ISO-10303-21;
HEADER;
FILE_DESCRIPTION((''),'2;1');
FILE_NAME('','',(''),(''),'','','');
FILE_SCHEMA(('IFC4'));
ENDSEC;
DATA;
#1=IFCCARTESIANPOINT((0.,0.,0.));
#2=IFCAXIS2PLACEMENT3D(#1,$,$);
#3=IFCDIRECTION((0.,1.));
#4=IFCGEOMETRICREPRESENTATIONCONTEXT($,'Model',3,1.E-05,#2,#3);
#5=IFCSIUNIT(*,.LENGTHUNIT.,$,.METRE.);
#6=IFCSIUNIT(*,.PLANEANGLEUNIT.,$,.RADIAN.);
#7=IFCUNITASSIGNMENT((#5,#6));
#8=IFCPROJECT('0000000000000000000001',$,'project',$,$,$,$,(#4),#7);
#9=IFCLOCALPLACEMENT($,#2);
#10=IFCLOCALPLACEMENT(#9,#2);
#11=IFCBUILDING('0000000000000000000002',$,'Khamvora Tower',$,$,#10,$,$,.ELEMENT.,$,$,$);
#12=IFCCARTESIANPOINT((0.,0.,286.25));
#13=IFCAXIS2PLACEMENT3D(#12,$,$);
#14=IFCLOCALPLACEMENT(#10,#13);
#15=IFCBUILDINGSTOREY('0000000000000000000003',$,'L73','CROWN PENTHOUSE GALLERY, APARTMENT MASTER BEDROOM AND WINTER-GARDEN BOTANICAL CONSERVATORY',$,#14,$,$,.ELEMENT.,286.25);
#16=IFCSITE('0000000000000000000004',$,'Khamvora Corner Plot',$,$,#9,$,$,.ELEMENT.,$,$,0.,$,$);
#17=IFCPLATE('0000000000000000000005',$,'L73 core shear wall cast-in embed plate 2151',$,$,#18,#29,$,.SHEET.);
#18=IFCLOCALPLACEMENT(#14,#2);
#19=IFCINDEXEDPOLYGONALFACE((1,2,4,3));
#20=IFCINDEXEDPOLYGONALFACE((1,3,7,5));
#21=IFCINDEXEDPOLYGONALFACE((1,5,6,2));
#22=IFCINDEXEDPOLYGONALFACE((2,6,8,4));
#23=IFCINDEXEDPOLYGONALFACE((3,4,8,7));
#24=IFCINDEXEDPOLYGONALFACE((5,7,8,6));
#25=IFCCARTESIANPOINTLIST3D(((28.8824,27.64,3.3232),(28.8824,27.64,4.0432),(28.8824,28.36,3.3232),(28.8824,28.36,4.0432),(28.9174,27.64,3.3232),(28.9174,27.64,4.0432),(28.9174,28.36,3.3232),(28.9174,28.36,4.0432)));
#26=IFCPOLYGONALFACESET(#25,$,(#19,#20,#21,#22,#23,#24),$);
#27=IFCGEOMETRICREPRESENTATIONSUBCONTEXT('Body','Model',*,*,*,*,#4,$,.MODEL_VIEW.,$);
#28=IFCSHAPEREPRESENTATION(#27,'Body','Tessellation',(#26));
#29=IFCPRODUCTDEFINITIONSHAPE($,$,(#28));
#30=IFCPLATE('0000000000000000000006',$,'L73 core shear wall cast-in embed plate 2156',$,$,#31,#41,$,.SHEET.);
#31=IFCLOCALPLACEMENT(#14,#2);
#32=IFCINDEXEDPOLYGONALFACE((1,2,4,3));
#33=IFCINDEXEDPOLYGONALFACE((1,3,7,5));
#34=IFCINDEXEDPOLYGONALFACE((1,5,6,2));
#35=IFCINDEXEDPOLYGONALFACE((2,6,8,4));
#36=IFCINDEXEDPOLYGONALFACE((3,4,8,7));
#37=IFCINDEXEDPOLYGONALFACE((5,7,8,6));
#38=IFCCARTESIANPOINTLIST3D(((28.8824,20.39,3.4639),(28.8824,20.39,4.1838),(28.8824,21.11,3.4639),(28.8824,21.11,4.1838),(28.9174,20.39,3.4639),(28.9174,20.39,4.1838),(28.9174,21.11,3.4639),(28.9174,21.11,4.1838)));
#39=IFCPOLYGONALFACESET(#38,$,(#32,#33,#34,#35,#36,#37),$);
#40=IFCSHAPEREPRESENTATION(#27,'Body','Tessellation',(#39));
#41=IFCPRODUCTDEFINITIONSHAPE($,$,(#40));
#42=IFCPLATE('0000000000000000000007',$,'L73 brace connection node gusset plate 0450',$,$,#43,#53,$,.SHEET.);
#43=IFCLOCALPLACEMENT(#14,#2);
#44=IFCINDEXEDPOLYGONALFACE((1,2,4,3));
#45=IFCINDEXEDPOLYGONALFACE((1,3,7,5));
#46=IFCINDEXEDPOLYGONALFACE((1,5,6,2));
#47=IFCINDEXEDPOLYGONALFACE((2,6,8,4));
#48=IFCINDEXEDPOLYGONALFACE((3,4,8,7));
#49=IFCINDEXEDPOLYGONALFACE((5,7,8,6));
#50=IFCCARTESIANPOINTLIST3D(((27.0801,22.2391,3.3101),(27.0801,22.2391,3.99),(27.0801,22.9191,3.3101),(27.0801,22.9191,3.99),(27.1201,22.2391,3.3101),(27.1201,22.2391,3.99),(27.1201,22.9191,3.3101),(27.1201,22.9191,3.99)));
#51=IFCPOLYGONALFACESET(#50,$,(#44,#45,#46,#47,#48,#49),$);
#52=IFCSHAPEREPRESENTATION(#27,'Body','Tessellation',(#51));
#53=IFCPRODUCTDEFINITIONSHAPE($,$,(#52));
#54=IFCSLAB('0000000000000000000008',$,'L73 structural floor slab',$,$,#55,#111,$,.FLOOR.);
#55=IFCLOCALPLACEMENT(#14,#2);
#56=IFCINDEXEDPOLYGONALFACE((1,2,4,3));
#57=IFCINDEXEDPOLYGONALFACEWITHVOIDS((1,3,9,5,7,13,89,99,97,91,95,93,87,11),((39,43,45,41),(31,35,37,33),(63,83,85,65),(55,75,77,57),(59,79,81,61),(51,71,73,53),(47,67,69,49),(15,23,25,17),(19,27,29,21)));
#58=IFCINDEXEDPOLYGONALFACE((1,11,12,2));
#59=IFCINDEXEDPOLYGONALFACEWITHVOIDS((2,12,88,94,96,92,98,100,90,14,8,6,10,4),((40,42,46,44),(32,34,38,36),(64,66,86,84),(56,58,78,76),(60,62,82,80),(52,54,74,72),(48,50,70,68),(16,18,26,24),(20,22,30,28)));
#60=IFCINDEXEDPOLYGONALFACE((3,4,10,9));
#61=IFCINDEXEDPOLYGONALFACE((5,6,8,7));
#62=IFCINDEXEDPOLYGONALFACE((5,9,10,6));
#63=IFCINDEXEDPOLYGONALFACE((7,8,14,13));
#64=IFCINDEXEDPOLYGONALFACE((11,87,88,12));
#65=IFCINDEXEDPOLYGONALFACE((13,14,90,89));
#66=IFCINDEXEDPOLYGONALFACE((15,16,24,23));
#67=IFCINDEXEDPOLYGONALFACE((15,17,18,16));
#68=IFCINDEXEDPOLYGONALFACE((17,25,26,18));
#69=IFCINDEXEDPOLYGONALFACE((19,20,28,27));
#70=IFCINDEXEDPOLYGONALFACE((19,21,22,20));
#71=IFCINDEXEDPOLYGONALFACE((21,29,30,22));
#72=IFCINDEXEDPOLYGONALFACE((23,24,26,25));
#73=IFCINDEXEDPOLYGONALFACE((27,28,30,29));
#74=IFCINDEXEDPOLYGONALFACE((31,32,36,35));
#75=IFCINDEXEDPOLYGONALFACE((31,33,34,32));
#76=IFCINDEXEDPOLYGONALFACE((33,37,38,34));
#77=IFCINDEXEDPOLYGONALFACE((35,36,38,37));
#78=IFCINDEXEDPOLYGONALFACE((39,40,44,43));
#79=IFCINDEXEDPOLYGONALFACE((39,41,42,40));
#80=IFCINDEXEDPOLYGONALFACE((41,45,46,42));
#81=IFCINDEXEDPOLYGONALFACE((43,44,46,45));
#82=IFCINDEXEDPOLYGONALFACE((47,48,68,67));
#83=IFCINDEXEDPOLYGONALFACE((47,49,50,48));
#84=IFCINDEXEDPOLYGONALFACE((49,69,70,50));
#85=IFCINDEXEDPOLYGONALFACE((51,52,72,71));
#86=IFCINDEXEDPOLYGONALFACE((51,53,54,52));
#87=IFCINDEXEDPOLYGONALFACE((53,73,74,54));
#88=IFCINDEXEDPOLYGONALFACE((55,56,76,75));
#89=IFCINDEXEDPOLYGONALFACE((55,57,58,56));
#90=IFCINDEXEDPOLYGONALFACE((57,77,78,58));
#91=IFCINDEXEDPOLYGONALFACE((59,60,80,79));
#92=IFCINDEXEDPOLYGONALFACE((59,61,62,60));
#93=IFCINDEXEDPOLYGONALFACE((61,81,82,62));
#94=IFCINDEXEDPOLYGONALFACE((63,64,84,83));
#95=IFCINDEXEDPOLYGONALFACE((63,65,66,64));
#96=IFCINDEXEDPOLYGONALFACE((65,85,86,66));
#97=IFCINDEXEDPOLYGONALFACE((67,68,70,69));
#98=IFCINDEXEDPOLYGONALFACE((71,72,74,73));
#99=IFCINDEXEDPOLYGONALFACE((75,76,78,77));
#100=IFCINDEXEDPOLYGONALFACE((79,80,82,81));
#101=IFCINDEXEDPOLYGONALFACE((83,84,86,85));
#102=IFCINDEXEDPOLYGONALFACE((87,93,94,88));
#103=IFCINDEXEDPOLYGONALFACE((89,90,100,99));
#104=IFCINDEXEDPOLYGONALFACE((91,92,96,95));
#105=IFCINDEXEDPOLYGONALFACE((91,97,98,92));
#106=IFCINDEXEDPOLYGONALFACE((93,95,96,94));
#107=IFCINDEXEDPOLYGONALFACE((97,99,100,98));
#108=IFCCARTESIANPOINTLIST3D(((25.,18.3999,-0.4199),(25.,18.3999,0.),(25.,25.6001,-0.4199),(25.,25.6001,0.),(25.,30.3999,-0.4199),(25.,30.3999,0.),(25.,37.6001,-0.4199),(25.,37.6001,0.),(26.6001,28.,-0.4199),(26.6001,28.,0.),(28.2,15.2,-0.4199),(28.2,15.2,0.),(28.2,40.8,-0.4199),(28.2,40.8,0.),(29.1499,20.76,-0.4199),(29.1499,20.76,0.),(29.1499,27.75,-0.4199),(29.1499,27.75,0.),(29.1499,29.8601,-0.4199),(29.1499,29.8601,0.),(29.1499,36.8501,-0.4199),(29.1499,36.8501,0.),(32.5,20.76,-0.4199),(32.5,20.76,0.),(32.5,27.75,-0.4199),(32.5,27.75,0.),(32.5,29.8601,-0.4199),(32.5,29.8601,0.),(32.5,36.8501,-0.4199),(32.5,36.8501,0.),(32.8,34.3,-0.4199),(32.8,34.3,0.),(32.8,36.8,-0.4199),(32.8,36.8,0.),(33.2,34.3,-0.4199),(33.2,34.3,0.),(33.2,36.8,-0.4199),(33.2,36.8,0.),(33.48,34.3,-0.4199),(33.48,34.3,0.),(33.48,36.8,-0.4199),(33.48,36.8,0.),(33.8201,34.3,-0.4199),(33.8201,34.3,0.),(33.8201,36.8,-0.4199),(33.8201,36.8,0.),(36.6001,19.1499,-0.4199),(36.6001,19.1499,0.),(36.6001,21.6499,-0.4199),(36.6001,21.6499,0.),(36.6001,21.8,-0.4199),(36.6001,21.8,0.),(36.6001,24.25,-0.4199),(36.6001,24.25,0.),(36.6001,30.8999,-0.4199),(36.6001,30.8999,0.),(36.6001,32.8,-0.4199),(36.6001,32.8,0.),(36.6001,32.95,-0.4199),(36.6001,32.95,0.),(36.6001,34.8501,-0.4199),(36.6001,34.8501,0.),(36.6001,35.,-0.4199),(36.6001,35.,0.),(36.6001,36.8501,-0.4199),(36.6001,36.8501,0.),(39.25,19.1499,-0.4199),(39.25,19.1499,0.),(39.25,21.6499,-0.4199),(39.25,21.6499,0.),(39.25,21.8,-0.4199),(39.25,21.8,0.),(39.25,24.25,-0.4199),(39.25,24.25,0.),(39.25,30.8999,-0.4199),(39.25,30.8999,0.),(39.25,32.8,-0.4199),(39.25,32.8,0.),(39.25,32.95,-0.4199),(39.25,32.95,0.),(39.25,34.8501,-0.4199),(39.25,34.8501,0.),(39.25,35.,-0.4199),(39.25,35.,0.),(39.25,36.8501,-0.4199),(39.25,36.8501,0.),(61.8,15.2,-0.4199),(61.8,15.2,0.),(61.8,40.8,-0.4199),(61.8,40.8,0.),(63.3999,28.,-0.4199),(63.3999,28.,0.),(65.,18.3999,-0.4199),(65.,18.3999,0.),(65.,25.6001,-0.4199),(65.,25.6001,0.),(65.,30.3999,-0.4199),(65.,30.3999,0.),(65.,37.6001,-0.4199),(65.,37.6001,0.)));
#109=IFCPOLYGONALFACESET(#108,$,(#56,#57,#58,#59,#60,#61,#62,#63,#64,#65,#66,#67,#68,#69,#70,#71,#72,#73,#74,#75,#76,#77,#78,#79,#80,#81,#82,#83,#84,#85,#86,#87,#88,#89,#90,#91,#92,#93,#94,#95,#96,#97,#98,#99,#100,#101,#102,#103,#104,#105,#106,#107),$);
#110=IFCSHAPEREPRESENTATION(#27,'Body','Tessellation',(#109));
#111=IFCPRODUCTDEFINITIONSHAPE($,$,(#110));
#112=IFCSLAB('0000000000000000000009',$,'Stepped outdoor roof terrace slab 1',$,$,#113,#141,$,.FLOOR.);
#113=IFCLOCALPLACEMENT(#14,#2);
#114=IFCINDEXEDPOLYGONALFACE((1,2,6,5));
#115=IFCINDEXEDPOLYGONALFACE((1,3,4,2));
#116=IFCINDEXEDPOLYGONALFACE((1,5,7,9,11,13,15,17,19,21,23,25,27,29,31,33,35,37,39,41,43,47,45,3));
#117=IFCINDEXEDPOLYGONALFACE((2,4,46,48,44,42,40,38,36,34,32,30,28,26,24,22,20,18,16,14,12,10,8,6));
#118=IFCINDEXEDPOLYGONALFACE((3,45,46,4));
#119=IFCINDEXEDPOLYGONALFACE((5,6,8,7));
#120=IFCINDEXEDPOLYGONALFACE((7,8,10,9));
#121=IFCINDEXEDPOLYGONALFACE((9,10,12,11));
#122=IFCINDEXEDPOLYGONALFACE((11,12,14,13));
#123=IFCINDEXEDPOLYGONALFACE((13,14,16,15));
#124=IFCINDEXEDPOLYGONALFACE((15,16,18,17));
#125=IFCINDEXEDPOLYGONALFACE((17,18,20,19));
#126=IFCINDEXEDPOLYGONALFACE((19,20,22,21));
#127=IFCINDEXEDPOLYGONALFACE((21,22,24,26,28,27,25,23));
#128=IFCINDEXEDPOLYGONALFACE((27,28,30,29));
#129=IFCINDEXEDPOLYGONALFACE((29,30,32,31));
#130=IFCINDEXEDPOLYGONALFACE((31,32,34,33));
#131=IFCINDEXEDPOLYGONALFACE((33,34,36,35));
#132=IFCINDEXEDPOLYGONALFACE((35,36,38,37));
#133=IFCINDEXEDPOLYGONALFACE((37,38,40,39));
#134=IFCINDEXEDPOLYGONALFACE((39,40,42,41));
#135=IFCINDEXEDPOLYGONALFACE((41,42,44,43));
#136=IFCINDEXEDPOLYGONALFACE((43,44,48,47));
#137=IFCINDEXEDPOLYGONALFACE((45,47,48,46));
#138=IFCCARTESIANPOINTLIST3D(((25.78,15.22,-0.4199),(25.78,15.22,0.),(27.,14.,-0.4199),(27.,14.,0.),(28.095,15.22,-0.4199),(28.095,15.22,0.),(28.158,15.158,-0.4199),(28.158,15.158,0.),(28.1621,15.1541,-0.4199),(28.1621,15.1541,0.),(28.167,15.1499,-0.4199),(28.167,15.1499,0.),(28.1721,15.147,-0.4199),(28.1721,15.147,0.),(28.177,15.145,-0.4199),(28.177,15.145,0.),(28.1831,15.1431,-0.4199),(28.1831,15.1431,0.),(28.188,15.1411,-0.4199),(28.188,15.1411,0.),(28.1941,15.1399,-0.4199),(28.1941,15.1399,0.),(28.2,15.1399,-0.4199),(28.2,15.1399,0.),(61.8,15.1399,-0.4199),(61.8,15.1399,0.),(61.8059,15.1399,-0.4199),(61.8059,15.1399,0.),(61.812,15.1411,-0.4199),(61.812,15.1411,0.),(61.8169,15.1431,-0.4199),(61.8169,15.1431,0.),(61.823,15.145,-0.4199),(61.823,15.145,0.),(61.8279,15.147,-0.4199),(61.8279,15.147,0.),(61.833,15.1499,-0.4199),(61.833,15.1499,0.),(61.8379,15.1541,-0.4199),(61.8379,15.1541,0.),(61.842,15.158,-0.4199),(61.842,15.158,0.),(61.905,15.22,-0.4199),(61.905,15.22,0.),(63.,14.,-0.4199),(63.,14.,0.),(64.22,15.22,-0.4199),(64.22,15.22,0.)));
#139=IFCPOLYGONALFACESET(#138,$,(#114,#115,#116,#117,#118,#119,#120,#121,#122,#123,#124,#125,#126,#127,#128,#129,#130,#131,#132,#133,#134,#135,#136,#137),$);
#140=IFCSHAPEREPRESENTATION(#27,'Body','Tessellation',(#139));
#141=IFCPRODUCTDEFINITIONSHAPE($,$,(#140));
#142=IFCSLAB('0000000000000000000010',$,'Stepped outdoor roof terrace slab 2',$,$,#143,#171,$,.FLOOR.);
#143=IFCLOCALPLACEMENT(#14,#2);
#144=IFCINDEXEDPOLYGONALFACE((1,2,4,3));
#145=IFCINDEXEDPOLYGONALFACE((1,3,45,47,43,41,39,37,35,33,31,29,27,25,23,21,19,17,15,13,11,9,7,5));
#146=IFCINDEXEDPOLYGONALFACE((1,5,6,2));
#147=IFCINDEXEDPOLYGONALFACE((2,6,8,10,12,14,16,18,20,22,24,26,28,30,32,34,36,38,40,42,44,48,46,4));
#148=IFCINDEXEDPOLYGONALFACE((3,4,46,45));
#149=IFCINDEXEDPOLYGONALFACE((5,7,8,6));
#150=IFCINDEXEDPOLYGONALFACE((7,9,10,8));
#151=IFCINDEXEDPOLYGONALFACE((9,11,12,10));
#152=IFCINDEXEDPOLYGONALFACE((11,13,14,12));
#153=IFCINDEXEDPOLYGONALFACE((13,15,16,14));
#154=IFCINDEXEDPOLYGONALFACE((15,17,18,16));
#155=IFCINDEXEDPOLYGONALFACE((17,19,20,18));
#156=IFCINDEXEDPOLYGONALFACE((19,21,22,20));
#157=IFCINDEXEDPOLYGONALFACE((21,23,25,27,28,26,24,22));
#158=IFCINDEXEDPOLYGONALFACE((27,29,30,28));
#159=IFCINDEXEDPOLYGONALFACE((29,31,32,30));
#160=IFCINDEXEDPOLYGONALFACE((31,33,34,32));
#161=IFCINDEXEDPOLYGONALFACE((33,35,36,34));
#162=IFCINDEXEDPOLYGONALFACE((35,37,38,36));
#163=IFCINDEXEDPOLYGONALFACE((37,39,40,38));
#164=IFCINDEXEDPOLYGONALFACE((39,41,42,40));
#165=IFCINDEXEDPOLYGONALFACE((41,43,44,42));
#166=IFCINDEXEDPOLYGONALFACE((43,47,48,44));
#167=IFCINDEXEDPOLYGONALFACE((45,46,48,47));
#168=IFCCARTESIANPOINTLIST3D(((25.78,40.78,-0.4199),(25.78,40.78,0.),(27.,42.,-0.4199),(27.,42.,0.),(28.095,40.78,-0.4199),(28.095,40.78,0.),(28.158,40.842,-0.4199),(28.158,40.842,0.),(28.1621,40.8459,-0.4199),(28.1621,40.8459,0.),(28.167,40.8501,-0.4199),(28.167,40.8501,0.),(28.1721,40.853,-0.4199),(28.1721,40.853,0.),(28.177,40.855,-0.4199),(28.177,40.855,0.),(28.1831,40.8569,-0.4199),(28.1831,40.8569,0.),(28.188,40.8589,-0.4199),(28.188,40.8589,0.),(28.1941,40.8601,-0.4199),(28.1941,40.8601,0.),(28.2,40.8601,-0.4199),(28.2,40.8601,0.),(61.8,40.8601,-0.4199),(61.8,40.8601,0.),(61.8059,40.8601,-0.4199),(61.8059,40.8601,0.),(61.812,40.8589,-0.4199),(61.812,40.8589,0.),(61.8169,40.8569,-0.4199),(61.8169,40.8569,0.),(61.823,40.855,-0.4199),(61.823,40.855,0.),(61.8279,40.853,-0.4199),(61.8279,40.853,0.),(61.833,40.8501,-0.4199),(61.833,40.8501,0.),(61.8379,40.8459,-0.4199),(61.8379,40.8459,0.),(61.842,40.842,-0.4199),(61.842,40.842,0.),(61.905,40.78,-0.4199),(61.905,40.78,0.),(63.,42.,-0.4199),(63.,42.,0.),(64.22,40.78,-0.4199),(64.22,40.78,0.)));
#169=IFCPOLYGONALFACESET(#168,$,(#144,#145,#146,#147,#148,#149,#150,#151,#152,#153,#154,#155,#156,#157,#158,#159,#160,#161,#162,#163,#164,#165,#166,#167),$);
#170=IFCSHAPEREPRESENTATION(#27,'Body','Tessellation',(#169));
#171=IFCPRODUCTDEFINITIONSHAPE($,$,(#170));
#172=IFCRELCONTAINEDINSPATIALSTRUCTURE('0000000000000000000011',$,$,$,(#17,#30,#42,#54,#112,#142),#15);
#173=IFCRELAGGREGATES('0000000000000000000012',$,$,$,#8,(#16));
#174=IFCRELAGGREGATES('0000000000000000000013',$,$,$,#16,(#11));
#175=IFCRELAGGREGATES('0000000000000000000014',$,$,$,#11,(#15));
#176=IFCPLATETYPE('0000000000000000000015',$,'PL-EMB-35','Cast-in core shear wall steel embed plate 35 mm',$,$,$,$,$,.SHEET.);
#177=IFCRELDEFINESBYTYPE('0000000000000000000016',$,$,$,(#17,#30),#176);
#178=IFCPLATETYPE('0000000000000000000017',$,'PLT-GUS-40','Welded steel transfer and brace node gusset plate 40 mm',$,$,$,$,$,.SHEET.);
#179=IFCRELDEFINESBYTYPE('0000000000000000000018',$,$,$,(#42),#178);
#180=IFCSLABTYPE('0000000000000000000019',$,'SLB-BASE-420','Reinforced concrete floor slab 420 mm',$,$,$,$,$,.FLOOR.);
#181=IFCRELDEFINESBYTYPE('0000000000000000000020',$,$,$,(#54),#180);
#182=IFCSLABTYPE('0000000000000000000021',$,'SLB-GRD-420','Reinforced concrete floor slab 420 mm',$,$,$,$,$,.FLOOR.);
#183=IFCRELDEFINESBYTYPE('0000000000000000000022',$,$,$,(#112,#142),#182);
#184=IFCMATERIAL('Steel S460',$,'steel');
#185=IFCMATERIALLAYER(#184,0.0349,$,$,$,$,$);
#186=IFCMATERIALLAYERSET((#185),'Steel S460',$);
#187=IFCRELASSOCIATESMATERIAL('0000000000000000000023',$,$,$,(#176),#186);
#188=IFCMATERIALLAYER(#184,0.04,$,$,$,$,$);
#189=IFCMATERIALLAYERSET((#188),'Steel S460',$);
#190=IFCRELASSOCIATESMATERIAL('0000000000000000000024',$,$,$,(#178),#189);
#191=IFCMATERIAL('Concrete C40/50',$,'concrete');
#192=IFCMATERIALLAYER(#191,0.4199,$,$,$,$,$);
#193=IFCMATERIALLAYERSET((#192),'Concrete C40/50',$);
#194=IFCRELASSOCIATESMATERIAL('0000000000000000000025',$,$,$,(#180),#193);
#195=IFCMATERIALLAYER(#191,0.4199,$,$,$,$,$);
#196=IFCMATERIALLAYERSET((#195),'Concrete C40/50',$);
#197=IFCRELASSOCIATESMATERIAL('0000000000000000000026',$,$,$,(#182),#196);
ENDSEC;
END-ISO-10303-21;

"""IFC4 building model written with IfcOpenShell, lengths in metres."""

from ifc_helpers import new_model, si_unit, direction, frame, origin, origin_2d, place, context, subcontext, project, spatial, polyline, rectangle, outline, extrude, material, layer, layer_set, type_object, element, save


model = new_model("IFC4")

# Units and contexts
model_context = context("Model", 3, precision=1e-05, world=origin(), true_north=direction((0.0, 1.0)))
body_context = subcontext(model_context, "Body", "Model", "MODEL_VIEW")
ifc_project = project(units=[si_unit("LENGTHUNIT", "METRE"), si_unit("PLANEANGLEUNIT", "RADIAN")], contexts=[model_context])

# Site, building, storey
site_placement = place(None, origin())
site = spatial("IfcSite", under=ifc_project, at=site_placement, Name="Khamvora Corner Plot", CompositionType="ELEMENT", RefElevation=0.0)
building_placement = place(site_placement, origin())
building = spatial("IfcBuilding", under=site, at=building_placement, Name="Khamvora Tower", CompositionType="ELEMENT")
storey_placement = place(building_placement, frame((0.0, 0.0, 286.25)))
storey = spatial("IfcBuildingStorey", under=building, at=storey_placement, Name="L73", Description="CROWN PENTHOUSE GALLERY, APARTMENT MASTER BEDROOM AND WINTER-GARDEN BOTANICAL CONSERVATORY", CompositionType="ELEMENT", Elevation=286.25)

# Plates
ifc_material_1 = material(Name="Steel S460", Category="steel")
ifc_layer_1 = layer(ifc_material_1, 0.0349)
ifc_layer_set_1 = layer_set([ifc_layer_1], Name="Steel S460")
plate_type_1 = type_object("IfcPlateType", Name="PL-EMB-35", Description="Cast-in core shear wall steel embed plate 35 mm", PredefinedType="SHEET", material=ifc_layer_set_1)
for number, where, z_axis, x_axis, name in (
    (1, (28.8999, 28.0, 3.3232), (0.0, 0.0, 1.0), (1.0, 0.0, 0.0), "L73 core shear wall cast-in embed plate 2151"),
    (2, (28.8999, 20.75, 3.4639), (0.0, 0.0, 1.0), (1.0, 0.0, 0.0), "L73 core shear wall cast-in embed plate 2156"),
):
    element("IfcPlate", number, at=place(storey_placement, frame(where, z_axis=z_axis, x_axis=x_axis)), inside=storey, type_object=plate_type_1, Name=name, PredefinedType="SHEET", context=body_context, shape_type="SweptSolid", body=[
        extrude(rectangle(XDim=0.0349, YDim=0.72, at=origin_2d()), origin(), (0.0, 0.0, 1.0), 0.72),
    ])
ifc_layer_2 = layer(ifc_material_1, 0.04)
ifc_layer_set_2 = layer_set([ifc_layer_2], Name="Steel S460")
plate_type_2 = type_object("IfcPlateType", Name="PLT-GUS-40", Description="Welded steel transfer and brace node gusset plate 40 mm", PredefinedType="SHEET", material=ifc_layer_set_2)
plate_1_placement = place(storey_placement, frame((27.1001, 22.5791, 3.3101), z_axis=(0.0, 0.0, 1.0), x_axis=(0.0, 1.0, 0.0)))
element("IfcPlate", 3, at=plate_1_placement, inside=storey, type_object=plate_type_2, Name="L73 brace connection node gusset plate 0450", PredefinedType="SHEET", context=body_context, shape_type="SweptSolid", body=[
    extrude(rectangle(XDim=0.6799, YDim=0.04, at=origin_2d()), origin(), (0.0, 0.0, 1.0), 0.6799),
])

# Slabs
ifc_material_2 = material(Name="Concrete C40/50", Category="concrete")
ifc_layer_3 = layer(ifc_material_2, 0.4199)
ifc_layer_set_3 = layer_set([ifc_layer_3], Name="Concrete C40/50")
slab_type_1 = type_object("IfcSlabType", Name="SLB-BASE-420", Description="Reinforced concrete floor slab 420 mm", PredefinedType="FLOOR", material=ifc_layer_set_3)
slab_1_placement = place(storey_placement, frame((0.0, 0.0, -0.4199)))
element("IfcSlab", 4, at=slab_1_placement, inside=storey, type_object=slab_type_1, Name="L73 structural floor slab", PredefinedType="FLOOR", context=body_context, shape_type="SweptSolid", body=[
    extrude(outline(polyline([(28.2, 15.2), (61.8, 15.2), (65.0, 18.3999), (65.0, 25.6001), (63.3999, 28.0), (65.0, 30.3999), (65.0, 37.6001), (61.8, 40.8), (28.2, 40.8), (25.0, 37.6001), (25.0, 30.3999), (26.6001, 28.0), (25.0, 25.6001), (25.0, 18.3999), (28.2, 15.2)]), holes=[polyline([(32.5, 20.76), (32.5, 27.75), (29.1499, 27.75), (29.1499, 20.76), (32.5, 20.76)]), polyline([(32.5, 29.8601), (32.5, 36.8501), (29.1499, 36.8501), (29.1499, 29.8601), (32.5, 29.8601)]), polyline([(36.6001, 19.1499), (39.25, 19.1499), (39.25, 21.6499), (36.6001, 21.6499), (36.6001, 19.1499)]), polyline([(36.6001, 21.8), (39.25, 21.8), (39.25, 24.25), (36.6001, 24.25), (36.6001, 21.8)]), polyline([(36.6001, 30.8999), (39.25, 30.8999), (39.25, 32.8), (36.6001, 32.8), (36.6001, 30.8999)]), polyline([(36.6001, 32.95), (39.25, 32.95), (39.25, 34.8501), (36.6001, 34.8501), (36.6001, 32.95)]), polyline([(36.6001, 35.0), (39.25, 35.0), (39.25, 36.8501), (36.6001, 36.8501), (36.6001, 35.0)]), polyline([(32.8, 34.3), (33.2, 34.3), (33.2, 36.8), (32.8, 36.8), (32.8, 34.3)]), polyline([(33.48, 34.3), (33.8201, 34.3), (33.8201, 36.8), (33.48, 36.8), (33.48, 34.3)])]), origin(), (0.0, 0.0, 1.0), 0.4199),
])
ifc_layer_4 = layer(ifc_material_2, 0.4199)
ifc_layer_set_4 = layer_set([ifc_layer_4], Name="Concrete C40/50")
slab_type_2 = type_object("IfcSlabType", Name="SLB-GRD-420", Description="Reinforced concrete floor slab 420 mm", PredefinedType="FLOOR", material=ifc_layer_set_4)
slab_2_placement = place(storey_placement, frame((0.0, 0.0, -0.4199)))
element("IfcSlab", 5, at=slab_2_placement, inside=storey, type_object=slab_type_2, Name="Stepped outdoor roof terrace slab 1", PredefinedType="FLOOR", context=body_context, shape_type="SweptSolid", body=[
    extrude(outline(polyline([(63.0, 14.0), (27.0, 14.0), (25.78, 15.22), (28.095, 15.22), (28.158, 15.158), (28.1621, 15.1541), (28.167, 15.1499), (28.1721, 15.147), (28.177, 15.145), (28.1831, 15.1431), (28.188, 15.1411), (28.1941, 15.1399), (28.2, 15.1399), (61.8, 15.1399), (61.8059, 15.1399), (61.812, 15.1411), (61.8169, 15.1431), (61.823, 15.145), (61.8279, 15.147), (61.833, 15.1499), (61.8379, 15.1541), (61.842, 15.158), (61.905, 15.22), (64.22, 15.22), (63.0, 14.0)])), origin(), (0.0, 0.0, 1.0), 0.4199),
])
slab_3_placement = place(storey_placement, frame((0.0, 0.0, -0.4199)))
element("IfcSlab", 6, at=slab_3_placement, inside=storey, type_object=slab_type_2, Name="Stepped outdoor roof terrace slab 2", PredefinedType="FLOOR", context=body_context, shape_type="SweptSolid", body=[
    extrude(outline(polyline([(27.0, 42.0), (63.0, 42.0), (64.22, 40.78), (61.905, 40.78), (61.842, 40.842), (61.8379, 40.8459), (61.833, 40.8501), (61.8279, 40.853), (61.823, 40.855), (61.8169, 40.8569), (61.812, 40.8589), (61.8059, 40.8601), (61.8, 40.8601), (28.2, 40.8601), (28.1941, 40.8601), (28.188, 40.8589), (28.1831, 40.8569), (28.177, 40.855), (28.1721, 40.853), (28.167, 40.8501), (28.1621, 40.8459), (28.158, 40.842), (28.095, 40.78), (25.78, 40.78), (27.0, 42.0)])), origin(), (0.0, 0.0, 1.0), 0.4199),
])

save(model, "model.ifc")
